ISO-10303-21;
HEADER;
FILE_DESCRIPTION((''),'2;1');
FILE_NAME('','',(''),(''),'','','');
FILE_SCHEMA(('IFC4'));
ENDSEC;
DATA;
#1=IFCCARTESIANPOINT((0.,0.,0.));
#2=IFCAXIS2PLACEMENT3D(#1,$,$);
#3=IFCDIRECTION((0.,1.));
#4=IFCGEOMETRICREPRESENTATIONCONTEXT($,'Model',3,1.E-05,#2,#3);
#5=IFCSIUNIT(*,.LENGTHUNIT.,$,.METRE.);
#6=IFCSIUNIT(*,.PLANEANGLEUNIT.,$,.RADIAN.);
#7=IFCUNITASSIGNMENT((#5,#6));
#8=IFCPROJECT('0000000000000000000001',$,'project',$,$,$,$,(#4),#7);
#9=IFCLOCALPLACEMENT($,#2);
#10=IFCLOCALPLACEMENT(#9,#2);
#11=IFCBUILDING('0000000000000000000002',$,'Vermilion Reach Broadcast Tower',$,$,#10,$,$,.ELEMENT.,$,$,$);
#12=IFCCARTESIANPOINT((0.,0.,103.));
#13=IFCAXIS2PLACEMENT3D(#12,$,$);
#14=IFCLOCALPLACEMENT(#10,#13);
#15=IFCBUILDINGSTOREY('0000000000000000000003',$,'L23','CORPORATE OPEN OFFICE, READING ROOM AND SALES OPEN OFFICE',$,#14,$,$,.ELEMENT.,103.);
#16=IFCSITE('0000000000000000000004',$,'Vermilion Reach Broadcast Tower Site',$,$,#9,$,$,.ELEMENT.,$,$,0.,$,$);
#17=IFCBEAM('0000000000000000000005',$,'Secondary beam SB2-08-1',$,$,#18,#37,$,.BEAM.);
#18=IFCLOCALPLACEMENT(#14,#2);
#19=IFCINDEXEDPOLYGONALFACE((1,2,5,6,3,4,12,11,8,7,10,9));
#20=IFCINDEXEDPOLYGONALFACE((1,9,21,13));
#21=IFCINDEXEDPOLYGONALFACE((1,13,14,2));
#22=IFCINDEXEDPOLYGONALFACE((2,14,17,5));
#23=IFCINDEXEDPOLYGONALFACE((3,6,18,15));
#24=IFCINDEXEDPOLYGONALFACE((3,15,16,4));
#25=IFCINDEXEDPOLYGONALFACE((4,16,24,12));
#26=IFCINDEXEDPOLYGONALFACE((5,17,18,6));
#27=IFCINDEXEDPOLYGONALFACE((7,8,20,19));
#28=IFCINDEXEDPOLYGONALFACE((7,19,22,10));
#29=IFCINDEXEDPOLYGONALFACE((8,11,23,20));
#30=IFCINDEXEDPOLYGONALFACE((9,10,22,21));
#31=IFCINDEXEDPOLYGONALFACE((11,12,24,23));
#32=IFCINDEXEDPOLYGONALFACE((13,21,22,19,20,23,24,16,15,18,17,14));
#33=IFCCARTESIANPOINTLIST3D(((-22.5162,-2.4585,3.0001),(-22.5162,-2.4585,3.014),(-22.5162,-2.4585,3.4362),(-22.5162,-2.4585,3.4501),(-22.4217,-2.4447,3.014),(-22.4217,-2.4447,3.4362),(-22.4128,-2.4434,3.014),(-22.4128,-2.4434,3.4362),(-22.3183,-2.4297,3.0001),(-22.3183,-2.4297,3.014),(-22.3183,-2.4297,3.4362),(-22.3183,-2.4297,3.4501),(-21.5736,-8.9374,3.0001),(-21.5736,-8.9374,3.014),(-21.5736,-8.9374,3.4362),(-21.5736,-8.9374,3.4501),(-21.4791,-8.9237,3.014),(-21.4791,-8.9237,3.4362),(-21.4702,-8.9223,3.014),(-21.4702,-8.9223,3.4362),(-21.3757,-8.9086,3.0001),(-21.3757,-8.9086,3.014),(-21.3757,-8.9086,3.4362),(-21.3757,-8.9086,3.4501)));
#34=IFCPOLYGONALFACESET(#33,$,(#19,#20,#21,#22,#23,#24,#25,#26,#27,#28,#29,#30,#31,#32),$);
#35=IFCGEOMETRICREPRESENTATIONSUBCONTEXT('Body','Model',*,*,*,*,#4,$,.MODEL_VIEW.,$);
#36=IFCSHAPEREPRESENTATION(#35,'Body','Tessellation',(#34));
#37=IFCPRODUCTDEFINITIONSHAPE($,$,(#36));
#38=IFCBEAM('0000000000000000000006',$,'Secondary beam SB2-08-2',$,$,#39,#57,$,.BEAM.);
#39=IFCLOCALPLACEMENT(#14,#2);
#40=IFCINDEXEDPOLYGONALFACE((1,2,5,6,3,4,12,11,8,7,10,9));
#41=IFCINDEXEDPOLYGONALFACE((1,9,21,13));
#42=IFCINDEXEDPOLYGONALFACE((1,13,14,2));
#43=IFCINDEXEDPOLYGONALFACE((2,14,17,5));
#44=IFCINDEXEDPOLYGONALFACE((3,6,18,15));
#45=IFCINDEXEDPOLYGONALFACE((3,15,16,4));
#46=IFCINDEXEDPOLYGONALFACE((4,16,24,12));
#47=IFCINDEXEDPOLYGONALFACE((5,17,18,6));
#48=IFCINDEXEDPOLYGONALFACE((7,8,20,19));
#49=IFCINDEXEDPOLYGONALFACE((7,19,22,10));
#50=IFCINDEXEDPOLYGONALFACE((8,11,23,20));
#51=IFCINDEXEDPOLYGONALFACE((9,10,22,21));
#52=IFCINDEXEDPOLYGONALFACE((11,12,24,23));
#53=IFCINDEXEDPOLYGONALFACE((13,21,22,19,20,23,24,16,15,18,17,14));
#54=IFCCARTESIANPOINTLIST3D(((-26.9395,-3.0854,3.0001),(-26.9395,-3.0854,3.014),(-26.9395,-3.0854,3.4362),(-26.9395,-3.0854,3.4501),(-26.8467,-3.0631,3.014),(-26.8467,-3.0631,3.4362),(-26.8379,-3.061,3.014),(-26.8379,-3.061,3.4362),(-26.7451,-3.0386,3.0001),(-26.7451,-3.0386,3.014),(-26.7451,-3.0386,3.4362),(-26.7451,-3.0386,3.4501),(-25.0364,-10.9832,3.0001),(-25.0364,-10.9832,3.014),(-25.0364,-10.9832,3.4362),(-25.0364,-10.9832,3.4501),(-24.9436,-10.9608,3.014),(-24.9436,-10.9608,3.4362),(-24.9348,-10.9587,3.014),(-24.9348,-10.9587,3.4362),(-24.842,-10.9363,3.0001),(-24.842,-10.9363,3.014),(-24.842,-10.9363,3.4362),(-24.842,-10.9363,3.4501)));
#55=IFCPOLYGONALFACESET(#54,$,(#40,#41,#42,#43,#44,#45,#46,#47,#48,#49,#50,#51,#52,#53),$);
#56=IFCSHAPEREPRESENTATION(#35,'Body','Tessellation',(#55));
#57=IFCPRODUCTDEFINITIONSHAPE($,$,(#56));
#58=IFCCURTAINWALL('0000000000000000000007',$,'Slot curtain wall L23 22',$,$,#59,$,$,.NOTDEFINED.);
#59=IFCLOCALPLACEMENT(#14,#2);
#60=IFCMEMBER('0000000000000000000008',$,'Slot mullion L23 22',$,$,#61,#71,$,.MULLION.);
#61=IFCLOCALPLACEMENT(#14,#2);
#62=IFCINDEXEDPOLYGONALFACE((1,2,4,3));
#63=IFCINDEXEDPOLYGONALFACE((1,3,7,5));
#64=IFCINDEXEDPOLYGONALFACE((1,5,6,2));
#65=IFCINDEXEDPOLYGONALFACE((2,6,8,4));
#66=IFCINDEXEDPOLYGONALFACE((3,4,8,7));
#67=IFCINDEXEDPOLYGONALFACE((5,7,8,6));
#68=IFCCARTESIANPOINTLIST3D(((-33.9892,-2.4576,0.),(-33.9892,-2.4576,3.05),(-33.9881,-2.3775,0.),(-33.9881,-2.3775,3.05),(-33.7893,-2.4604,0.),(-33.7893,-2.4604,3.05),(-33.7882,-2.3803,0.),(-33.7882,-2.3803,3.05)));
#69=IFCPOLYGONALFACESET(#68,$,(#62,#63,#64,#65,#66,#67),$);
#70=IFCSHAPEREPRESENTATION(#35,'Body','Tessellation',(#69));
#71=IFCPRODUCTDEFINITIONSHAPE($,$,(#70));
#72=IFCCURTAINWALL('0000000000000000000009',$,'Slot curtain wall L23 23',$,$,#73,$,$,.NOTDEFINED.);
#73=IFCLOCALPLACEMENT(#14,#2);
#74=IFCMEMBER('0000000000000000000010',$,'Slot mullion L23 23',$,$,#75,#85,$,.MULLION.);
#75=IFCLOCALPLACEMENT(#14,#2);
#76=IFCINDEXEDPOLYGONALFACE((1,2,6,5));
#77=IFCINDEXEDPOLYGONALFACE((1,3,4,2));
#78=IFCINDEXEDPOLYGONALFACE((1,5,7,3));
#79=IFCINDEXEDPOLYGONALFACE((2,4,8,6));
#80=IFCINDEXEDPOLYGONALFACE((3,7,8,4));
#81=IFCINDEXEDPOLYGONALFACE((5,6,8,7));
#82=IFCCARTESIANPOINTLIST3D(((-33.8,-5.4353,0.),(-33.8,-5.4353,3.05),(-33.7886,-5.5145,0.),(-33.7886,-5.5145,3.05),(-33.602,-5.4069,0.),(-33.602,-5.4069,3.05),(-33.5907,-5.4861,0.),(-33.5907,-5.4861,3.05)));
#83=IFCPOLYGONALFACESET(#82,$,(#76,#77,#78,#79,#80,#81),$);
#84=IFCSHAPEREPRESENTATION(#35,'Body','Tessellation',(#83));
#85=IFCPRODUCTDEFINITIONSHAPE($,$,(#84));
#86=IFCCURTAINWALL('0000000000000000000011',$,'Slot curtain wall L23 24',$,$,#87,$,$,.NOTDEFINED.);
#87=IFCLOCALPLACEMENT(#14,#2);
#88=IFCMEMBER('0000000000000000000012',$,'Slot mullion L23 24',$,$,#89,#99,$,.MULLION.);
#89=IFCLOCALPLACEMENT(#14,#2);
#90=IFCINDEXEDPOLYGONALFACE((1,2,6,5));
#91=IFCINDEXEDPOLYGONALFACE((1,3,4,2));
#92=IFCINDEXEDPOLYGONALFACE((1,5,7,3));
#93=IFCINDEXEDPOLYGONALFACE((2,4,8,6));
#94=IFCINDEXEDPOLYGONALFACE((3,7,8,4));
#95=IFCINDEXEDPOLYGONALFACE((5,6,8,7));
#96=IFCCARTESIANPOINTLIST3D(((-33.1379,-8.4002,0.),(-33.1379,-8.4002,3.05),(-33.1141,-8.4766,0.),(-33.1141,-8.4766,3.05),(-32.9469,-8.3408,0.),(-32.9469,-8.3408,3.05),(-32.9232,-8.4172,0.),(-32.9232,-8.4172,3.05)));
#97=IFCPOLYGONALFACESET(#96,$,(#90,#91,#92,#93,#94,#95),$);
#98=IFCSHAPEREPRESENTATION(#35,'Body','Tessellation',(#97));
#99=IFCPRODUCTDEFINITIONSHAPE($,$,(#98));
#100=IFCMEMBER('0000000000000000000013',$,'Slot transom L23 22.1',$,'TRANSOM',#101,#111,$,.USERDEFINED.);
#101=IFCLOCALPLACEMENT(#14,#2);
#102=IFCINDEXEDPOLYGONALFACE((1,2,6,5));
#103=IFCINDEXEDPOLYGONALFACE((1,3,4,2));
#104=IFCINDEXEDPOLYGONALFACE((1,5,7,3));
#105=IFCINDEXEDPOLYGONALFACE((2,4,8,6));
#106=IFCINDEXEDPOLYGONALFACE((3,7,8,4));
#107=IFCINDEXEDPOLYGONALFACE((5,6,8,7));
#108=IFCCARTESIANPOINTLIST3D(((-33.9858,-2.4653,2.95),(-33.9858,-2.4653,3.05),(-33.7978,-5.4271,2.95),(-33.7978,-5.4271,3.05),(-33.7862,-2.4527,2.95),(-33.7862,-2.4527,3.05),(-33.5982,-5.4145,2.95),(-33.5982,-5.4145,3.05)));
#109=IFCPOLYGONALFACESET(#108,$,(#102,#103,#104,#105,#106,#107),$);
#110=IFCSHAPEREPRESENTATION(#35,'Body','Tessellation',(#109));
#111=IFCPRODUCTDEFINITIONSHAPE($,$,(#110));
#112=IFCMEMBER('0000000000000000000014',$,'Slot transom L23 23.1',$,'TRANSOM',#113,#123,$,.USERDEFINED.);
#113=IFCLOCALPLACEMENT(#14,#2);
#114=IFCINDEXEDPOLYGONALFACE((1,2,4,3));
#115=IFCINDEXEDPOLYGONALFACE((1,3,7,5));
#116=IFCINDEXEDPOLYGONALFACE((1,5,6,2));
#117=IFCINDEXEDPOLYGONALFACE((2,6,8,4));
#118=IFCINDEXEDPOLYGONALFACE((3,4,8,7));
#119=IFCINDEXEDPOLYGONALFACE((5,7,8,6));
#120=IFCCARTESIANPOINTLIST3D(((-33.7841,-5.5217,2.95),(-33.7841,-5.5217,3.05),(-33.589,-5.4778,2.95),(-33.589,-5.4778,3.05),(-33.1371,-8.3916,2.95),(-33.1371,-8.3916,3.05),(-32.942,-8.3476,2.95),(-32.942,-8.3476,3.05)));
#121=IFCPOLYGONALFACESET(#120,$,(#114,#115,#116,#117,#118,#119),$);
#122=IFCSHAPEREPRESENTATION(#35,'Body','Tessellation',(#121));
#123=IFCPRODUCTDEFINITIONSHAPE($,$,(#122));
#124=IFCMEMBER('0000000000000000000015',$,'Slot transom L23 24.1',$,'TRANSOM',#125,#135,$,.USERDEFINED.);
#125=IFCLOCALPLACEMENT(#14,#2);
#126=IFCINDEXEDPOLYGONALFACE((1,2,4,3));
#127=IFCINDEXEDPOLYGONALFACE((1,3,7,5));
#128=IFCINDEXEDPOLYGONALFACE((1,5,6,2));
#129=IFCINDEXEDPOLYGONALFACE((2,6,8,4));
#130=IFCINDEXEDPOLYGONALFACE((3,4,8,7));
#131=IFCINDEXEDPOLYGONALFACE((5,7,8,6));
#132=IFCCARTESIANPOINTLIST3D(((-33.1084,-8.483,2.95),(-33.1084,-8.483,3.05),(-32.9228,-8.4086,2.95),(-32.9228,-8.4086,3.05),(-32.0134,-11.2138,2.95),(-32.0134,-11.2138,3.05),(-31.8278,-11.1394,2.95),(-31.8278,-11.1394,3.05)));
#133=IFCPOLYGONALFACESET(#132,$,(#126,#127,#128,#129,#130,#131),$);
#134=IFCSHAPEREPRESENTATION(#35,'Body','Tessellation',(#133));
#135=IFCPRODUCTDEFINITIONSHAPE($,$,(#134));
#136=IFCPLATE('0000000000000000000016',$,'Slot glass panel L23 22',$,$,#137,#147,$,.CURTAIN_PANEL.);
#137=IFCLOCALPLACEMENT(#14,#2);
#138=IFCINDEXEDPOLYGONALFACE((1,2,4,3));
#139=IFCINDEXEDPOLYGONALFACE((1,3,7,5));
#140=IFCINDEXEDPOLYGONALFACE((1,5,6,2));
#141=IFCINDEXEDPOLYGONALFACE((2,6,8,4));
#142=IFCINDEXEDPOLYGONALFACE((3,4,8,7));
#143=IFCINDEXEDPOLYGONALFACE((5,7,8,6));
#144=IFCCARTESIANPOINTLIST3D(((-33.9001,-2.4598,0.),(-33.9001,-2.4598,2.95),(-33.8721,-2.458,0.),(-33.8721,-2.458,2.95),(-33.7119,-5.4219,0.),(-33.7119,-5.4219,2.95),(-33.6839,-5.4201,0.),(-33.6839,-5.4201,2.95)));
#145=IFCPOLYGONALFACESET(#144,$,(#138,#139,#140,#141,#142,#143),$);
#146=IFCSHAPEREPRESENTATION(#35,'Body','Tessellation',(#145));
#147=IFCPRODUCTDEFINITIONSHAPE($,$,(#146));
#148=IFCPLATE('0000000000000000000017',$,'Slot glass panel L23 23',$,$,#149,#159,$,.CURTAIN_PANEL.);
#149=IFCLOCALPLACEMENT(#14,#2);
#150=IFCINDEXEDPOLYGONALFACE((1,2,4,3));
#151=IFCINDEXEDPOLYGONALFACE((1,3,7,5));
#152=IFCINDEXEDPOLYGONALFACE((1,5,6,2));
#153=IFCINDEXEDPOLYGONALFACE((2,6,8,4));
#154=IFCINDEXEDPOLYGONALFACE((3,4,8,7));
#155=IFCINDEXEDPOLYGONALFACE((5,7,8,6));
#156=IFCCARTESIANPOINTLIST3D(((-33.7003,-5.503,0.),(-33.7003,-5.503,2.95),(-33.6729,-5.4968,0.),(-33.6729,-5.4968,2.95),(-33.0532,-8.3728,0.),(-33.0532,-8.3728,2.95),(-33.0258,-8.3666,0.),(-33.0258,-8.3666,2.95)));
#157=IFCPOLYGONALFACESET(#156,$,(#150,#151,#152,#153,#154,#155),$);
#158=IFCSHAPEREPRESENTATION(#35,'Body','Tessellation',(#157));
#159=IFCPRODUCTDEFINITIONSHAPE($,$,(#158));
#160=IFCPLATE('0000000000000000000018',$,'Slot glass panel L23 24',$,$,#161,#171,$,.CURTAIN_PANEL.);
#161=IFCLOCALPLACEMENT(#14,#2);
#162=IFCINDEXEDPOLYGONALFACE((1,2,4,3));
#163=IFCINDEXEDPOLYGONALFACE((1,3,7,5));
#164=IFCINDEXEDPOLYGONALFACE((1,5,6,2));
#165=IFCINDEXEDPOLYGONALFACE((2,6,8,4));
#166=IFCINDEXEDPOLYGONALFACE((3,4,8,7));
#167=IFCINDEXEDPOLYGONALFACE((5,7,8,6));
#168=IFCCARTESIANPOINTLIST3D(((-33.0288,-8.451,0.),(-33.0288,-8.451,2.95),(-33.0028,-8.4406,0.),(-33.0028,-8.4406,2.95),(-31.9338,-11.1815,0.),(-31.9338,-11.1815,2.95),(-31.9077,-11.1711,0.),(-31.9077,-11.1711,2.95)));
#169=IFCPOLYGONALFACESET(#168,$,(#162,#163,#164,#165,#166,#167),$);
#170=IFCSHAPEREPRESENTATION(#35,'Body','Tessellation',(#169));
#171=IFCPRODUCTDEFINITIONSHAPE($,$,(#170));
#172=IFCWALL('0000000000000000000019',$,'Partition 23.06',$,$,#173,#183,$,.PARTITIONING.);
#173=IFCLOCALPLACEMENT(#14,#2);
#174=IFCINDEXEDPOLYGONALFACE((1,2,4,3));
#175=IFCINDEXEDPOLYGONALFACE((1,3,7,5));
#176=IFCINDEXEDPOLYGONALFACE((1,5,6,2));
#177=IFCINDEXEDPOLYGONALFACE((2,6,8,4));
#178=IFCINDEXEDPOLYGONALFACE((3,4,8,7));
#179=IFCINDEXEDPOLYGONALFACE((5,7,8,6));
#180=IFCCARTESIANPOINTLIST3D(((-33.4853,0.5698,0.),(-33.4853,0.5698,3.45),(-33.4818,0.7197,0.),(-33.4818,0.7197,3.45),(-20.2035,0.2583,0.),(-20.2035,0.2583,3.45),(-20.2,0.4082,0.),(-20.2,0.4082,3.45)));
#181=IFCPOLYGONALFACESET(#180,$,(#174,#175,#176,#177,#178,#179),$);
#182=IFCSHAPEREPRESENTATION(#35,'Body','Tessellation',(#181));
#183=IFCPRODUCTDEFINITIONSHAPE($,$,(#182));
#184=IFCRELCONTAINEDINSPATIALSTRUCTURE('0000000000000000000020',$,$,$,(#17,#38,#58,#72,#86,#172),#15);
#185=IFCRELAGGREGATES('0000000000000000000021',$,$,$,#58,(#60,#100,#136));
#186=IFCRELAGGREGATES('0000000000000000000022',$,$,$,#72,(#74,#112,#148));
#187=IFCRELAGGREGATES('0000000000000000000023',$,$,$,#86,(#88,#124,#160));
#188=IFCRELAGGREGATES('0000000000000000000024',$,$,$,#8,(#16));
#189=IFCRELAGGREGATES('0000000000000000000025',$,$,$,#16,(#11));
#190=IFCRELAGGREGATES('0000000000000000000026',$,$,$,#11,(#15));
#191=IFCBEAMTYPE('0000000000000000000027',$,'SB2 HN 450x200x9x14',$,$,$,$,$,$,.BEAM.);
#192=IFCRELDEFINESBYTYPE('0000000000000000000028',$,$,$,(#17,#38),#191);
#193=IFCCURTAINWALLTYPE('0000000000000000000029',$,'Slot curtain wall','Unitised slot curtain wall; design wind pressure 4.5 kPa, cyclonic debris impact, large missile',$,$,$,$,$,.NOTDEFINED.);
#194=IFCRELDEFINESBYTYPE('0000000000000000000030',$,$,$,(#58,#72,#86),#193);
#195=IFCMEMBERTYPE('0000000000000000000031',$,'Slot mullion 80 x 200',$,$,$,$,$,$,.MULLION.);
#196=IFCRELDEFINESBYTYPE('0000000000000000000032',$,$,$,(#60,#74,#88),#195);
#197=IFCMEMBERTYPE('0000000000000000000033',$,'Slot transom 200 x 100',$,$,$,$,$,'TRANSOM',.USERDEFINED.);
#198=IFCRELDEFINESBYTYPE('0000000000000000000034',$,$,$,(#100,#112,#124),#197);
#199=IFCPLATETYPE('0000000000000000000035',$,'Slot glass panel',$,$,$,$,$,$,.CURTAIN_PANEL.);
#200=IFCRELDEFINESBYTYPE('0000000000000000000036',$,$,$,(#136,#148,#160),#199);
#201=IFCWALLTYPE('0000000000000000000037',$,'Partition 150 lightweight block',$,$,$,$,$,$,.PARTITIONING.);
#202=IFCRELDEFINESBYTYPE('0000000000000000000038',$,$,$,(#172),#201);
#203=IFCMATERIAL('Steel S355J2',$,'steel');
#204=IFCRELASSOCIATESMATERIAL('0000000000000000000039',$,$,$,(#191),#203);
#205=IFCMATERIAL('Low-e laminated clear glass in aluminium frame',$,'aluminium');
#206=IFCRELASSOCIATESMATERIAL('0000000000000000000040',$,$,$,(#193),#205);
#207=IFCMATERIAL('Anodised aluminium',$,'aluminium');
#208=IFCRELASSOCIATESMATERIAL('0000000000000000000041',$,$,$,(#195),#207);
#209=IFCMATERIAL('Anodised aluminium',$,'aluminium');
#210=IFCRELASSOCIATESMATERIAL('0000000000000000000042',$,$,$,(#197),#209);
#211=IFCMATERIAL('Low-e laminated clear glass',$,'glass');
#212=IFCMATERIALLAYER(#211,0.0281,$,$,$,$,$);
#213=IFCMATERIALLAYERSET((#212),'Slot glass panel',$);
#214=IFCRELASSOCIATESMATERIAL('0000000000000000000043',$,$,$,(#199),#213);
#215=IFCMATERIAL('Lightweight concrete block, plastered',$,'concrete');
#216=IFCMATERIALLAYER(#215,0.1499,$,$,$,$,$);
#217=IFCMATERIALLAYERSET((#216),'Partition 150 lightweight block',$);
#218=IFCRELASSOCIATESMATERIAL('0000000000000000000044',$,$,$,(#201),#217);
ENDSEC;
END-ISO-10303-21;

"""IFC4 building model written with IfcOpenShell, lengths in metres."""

from ifc_helpers import new_model, si_unit, direction, frame, frame_2d, origin, origin_2d, place, context, subcontext, project, spatial, rectangle, i_section, extrude, material, layer, layer_set, material_profile, profile_set, type_object, element, aggregate, save


model = new_model("IFC4")

# Units and contexts
model_context = context("Model", 3, precision=1e-05, world=origin(), true_north=direction((0.0, 1.0)))
body_context = subcontext(model_context, "Body", "Model", "MODEL_VIEW")
ifc_project = project(units=[si_unit("LENGTHUNIT", "METRE"), si_unit("PLANEANGLEUNIT", "RADIAN")], contexts=[model_context])

# Site, building, storey
site_placement = place(None, origin())
site = spatial("IfcSite", under=ifc_project, at=site_placement, Name="Vermilion Reach Broadcast Tower Site", CompositionType="ELEMENT", RefElevation=0.0)
building_placement = place(site_placement, origin())
building = spatial("IfcBuilding", under=site, at=building_placement, Name="Vermilion Reach Broadcast Tower", CompositionType="ELEMENT")
storey_placement = place(building_placement, frame((0.0, 0.0, 103.0)))
storey = spatial("IfcBuildingStorey", under=building, at=storey_placement, Name="L23", Description="CORPORATE OPEN OFFICE, READING ROOM AND SALES OPEN OFFICE", CompositionType="ELEMENT", Elevation=103.0)

# Beams
ifc_material_1 = material(Name="Steel S355J2", Category="steel")
ifc_material_profile_1 = material_profile(ifc_material_1, i_section(OverallWidth=0.2, OverallDepth=0.45, WebThickness=0.009, FlangeThickness=0.0139, at=origin_2d()), Name="S355J2 HN 450x200x9x14")
ifc_profile_set_1 = profile_set([ifc_material_profile_1], Name="Steel S355J2")
beam_type_1 = type_object("IfcBeamType", Name="SB2 HN 450x200x9x14", PredefinedType="BEAM", material=ifc_profile_set_1)
beam_1_placement = place(storey_placement, frame((-22.4172, -2.4441, 3.2251), z_axis=(0.143974, -0.989582, 0.0), x_axis=(0.989582, 0.143974, 0.0)))
element("IfcBeam", 1, at=beam_1_placement, inside=storey, type_object=beam_type_1, Name="Secondary beam SB2-08-1", PredefinedType="BEAM", context=body_context, shape_type="SweptSolid", body=[
    extrude(i_section(OverallWidth=0.2, OverallDepth=0.45, WebThickness=0.009, FlangeThickness=0.0139, at=origin_2d()), origin(), (0.0, 0.0, 1.0), 6.5471),
])
beam_2_placement = place(storey_placement, frame((-26.8423, -3.062, 3.2251), z_axis=(0.234261, -0.972174, 0.0), x_axis=(0.972174, 0.234261, 0.0)))
element("IfcBeam", 2, at=beam_2_placement, inside=storey, type_object=beam_type_1, Name="Secondary beam SB2-08-2", PredefinedType="BEAM", context=body_context, shape_type="SweptSolid", body=[
    extrude(i_section(OverallWidth=0.2, OverallDepth=0.45, WebThickness=0.009, FlangeThickness=0.0139, at=origin_2d()), origin(), (0.0, 0.0, 1.0), 8.1238),
])

# Curtain walls, members
ifc_material_2 = material(Name="Low-e laminated clear glass in aluminium frame", Category="aluminium")
curtain_wall_type = type_object("IfcCurtainWallType", Name="Slot curtain wall", Description="Unitised slot curtain wall; design wind pressure 4.5 kPa, cyclonic debris impact, large missile", PredefinedType="NOTDEFINED", material=ifc_material_2)
placement = place(storey_placement, origin())
curtain_wall_1 = element("IfcCurtainWall", 3, at=placement, inside=storey, type_object=curtain_wall_type, Name="Slot curtain wall L23 22", PredefinedType="NOTDEFINED")
ifc_material_3 = material(Name="Anodised aluminium", Category="aluminium")
ifc_material_profile_2 = material_profile(ifc_material_3, rectangle(XDim=0.2, YDim=0.0801, at=origin_2d()), Name="Slot mullion 80 x 200")
ifc_profile_set_2 = profile_set([ifc_material_profile_2], Name="Anodised aluminium")
member_type_1 = type_object("IfcMemberType", Name="Slot mullion 80 x 200", PredefinedType="MULLION", material=ifc_profile_set_2)
member_1_placement = place(storey_placement, frame((-33.8887, -2.4189, 0.0), z_axis=(0.0, 0.0, 1.0), x_axis=(0.999904, -0.013847, 0.0)))
member_1 = element("IfcMember", 4, at=member_1_placement, type_object=member_type_1, Name="Slot mullion L23 22", PredefinedType="MULLION", context=body_context, shape_type="SweptSolid", body=[
    extrude(rectangle(XDim=0.2, YDim=0.0801, at=origin_2d()), origin(), (0.0, 0.0, 1.0), 3.05),
])
curtain_wall_2 = element("IfcCurtainWall", 5, at=placement, inside=storey, type_object=curtain_wall_type, Name="Slot curtain wall L23 23", PredefinedType="NOTDEFINED")
member_2_placement = place(storey_placement, frame((-33.6953, -5.4607, 0.0), z_axis=(0.0, 0.0, 1.0), x_axis=(0.989848, 0.14213, 0.0)))
member_2 = element("IfcMember", 6, at=member_2_placement, type_object=member_type_1, Name="Slot mullion L23 23", PredefinedType="MULLION", context=body_context, shape_type="SweptSolid", body=[
    extrude(rectangle(XDim=0.2, YDim=0.0801, at=origin_2d()), origin(), (0.0, 0.0, 1.0), 3.05),
])
curtain_wall_3 = element("IfcCurtainWall", 7, at=placement, inside=storey, type_object=curtain_wall_type, Name="Slot curtain wall L23 24", PredefinedType="NOTDEFINED")
member_3_placement = place(storey_placement, frame((-33.0305, -8.4087, 0.0), z_axis=(0.0, 0.0, 1.0), x_axis=(0.954865, 0.297042, 0.0)))
member_3 = element("IfcMember", 8, at=member_3_placement, type_object=member_type_1, Name="Slot mullion L23 24", PredefinedType="MULLION", context=body_context, shape_type="SweptSolid", body=[
    extrude(rectangle(XDim=0.2, YDim=0.0801, at=origin_2d()), origin(), (0.0, 0.0, 1.0), 3.05),
])

# Members
ifc_material_4 = material(Name="Anodised aluminium", Category="aluminium")
ifc_material_profile_3 = material_profile(ifc_material_4, rectangle(XDim=0.2, YDim=0.1001, at=origin_2d()), Name="Slot transom 200 x 100")
ifc_profile_set_3 = profile_set([ifc_material_profile_3], Name="Anodised aluminium")
member_type_2 = type_object("IfcMemberType", Name="Slot transom 200 x 100", ElementType="TRANSOM", PredefinedType="USERDEFINED", material=ifc_profile_set_3)
member_4_placement = place(storey_placement, frame((-33.886, -2.459, 3.0), z_axis=(0.063341, -0.997992, 0.0), x_axis=(0.997992, 0.063341, 0.0)))
member_4 = element("IfcMember", 9, at=member_4_placement, type_object=member_type_2, Name="Slot transom L23 22.1", ObjectType="TRANSOM", PredefinedType="USERDEFINED", context=body_context, shape_type="SweptSolid", body=[
    extrude(rectangle(XDim=0.2, YDim=0.1001, at=origin_2d()), origin(), (0.0, 0.0, 1.0), 2.9678),
])
member_5_placement = place(storey_placement, frame((-33.6865, -5.4998, 3.0), z_axis=(0.219917, -0.975519, 0.0), x_axis=(0.975519, 0.219917, 0.0)))
member_5 = element("IfcMember", 10, at=member_5_placement, type_object=member_type_2, Name="Slot transom L23 23.1", ObjectType="TRANSOM", PredefinedType="USERDEFINED", context=body_context, shape_type="SweptSolid", body=[
    extrude(rectangle(XDim=0.2, YDim=0.1001, at=origin_2d()), origin(), (0.0, 0.0, 1.0), 2.9419),
])
member_6_placement = place(storey_placement, frame((-33.0156, -8.4458, 3.0), z_axis=(0.372177, -0.928162, 0.0), x_axis=(0.928162, 0.372177, 0.0)))
member_6 = element("IfcMember", 11, at=member_6_placement, type_object=member_type_2, Name="Slot transom L23 24.1", ObjectType="TRANSOM", PredefinedType="USERDEFINED", context=body_context, shape_type="SweptSolid", body=[
    extrude(rectangle(XDim=0.2, YDim=0.1001, at=origin_2d()), origin(), (0.0, 0.0, 1.0), 2.9421),
])

# Plates
ifc_material_5 = material(Name="Low-e laminated clear glass", Category="glass")
ifc_layer_1 = layer(ifc_material_5, 0.0281)
ifc_layer_set_1 = layer_set([ifc_layer_1], Name="Slot glass panel")
plate_type = type_object("IfcPlateType", Name="Slot glass panel", PredefinedType="CURTAIN_PANEL", material=ifc_layer_set_1)
plate_1_placement = place(storey_placement, frame((-33.792, -3.9399, 0.0), z_axis=(0.0, 0.0, 1.0), x_axis=(0.063409, -0.997988, 0.0)))
plate_1 = element("IfcPlate", 12, at=plate_1_placement, type_object=plate_type, Name="Slot glass panel L23 22", PredefinedType="CURTAIN_PANEL", context=body_context, shape_type="SweptSolid", body=[
    extrude(rectangle(XDim=2.968, YDim=0.0281, at=origin_2d()), origin(), (0.0, 0.0, 1.0), 2.95),
])
aggregate(curtain_wall_1, [member_1, member_4, plate_1])
plate_2_placement = place(storey_placement, frame((-33.363, -6.9348, 0.0), z_axis=(0.0, 0.0, 1.0), x_axis=(0.219961, -0.975509, 0.0)))
plate_2 = element("IfcPlate", 13, at=plate_2_placement, type_object=plate_type, Name="Slot glass panel L23 23", PredefinedType="CURTAIN_PANEL", context=body_context, shape_type="SweptSolid", body=[
    extrude(rectangle(XDim=2.9419, YDim=0.0281, at=origin_2d()), origin(), (0.0, 0.0, 1.0), 2.95),
])
aggregate(curtain_wall_2, [member_2, member_5, plate_2])
plate_3_placement = place(storey_placement, frame((-32.4683, -9.811, 0.0), z_axis=(0.0, 0.0, 1.0), x_axis=(0.37223, -0.92814, 0.0)))
plate_3 = element("IfcPlate", 14, at=plate_3_placement, type_object=plate_type, Name="Slot glass panel L23 24", PredefinedType="CURTAIN_PANEL", context=body_context, shape_type="SweptSolid", body=[
    extrude(rectangle(XDim=2.9419, YDim=0.0281, at=origin_2d()), origin(), (0.0, 0.0, 1.0), 2.95),
])
aggregate(curtain_wall_3, [member_3, member_6, plate_3])

# Wall
ifc_material_6 = material(Name="Lightweight concrete block, plastered", Category="concrete")
ifc_layer_2 = layer(ifc_material_6, 0.1499)
ifc_layer_set_2 = layer_set([ifc_layer_2], Name="Partition 150 lightweight block")
wall_type_1 = type_object("IfcWallType", Name="Partition 150 lightweight block", PredefinedType="PARTITIONING", material=ifc_layer_set_2)
wall_1_placement = place(storey_placement, frame((-33.4834, 0.6448, 0.0), z_axis=(0.0, 0.0, 1.0), x_axis=(0.999725, -0.023449, 0.0)))
element("IfcWall", 15, at=wall_1_placement, inside=storey, type_object=wall_type_1, Name="Partition 23.06", PredefinedType="PARTITIONING", context=body_context, shape_type="SweptSolid", body=[
    extrude(rectangle(XDim=13.2854, YDim=0.1499, at=frame_2d((6.6426, 0.0))), origin(), (0.0, 0.0, 1.0), 3.45),
])

save(model, "model.ifc")
